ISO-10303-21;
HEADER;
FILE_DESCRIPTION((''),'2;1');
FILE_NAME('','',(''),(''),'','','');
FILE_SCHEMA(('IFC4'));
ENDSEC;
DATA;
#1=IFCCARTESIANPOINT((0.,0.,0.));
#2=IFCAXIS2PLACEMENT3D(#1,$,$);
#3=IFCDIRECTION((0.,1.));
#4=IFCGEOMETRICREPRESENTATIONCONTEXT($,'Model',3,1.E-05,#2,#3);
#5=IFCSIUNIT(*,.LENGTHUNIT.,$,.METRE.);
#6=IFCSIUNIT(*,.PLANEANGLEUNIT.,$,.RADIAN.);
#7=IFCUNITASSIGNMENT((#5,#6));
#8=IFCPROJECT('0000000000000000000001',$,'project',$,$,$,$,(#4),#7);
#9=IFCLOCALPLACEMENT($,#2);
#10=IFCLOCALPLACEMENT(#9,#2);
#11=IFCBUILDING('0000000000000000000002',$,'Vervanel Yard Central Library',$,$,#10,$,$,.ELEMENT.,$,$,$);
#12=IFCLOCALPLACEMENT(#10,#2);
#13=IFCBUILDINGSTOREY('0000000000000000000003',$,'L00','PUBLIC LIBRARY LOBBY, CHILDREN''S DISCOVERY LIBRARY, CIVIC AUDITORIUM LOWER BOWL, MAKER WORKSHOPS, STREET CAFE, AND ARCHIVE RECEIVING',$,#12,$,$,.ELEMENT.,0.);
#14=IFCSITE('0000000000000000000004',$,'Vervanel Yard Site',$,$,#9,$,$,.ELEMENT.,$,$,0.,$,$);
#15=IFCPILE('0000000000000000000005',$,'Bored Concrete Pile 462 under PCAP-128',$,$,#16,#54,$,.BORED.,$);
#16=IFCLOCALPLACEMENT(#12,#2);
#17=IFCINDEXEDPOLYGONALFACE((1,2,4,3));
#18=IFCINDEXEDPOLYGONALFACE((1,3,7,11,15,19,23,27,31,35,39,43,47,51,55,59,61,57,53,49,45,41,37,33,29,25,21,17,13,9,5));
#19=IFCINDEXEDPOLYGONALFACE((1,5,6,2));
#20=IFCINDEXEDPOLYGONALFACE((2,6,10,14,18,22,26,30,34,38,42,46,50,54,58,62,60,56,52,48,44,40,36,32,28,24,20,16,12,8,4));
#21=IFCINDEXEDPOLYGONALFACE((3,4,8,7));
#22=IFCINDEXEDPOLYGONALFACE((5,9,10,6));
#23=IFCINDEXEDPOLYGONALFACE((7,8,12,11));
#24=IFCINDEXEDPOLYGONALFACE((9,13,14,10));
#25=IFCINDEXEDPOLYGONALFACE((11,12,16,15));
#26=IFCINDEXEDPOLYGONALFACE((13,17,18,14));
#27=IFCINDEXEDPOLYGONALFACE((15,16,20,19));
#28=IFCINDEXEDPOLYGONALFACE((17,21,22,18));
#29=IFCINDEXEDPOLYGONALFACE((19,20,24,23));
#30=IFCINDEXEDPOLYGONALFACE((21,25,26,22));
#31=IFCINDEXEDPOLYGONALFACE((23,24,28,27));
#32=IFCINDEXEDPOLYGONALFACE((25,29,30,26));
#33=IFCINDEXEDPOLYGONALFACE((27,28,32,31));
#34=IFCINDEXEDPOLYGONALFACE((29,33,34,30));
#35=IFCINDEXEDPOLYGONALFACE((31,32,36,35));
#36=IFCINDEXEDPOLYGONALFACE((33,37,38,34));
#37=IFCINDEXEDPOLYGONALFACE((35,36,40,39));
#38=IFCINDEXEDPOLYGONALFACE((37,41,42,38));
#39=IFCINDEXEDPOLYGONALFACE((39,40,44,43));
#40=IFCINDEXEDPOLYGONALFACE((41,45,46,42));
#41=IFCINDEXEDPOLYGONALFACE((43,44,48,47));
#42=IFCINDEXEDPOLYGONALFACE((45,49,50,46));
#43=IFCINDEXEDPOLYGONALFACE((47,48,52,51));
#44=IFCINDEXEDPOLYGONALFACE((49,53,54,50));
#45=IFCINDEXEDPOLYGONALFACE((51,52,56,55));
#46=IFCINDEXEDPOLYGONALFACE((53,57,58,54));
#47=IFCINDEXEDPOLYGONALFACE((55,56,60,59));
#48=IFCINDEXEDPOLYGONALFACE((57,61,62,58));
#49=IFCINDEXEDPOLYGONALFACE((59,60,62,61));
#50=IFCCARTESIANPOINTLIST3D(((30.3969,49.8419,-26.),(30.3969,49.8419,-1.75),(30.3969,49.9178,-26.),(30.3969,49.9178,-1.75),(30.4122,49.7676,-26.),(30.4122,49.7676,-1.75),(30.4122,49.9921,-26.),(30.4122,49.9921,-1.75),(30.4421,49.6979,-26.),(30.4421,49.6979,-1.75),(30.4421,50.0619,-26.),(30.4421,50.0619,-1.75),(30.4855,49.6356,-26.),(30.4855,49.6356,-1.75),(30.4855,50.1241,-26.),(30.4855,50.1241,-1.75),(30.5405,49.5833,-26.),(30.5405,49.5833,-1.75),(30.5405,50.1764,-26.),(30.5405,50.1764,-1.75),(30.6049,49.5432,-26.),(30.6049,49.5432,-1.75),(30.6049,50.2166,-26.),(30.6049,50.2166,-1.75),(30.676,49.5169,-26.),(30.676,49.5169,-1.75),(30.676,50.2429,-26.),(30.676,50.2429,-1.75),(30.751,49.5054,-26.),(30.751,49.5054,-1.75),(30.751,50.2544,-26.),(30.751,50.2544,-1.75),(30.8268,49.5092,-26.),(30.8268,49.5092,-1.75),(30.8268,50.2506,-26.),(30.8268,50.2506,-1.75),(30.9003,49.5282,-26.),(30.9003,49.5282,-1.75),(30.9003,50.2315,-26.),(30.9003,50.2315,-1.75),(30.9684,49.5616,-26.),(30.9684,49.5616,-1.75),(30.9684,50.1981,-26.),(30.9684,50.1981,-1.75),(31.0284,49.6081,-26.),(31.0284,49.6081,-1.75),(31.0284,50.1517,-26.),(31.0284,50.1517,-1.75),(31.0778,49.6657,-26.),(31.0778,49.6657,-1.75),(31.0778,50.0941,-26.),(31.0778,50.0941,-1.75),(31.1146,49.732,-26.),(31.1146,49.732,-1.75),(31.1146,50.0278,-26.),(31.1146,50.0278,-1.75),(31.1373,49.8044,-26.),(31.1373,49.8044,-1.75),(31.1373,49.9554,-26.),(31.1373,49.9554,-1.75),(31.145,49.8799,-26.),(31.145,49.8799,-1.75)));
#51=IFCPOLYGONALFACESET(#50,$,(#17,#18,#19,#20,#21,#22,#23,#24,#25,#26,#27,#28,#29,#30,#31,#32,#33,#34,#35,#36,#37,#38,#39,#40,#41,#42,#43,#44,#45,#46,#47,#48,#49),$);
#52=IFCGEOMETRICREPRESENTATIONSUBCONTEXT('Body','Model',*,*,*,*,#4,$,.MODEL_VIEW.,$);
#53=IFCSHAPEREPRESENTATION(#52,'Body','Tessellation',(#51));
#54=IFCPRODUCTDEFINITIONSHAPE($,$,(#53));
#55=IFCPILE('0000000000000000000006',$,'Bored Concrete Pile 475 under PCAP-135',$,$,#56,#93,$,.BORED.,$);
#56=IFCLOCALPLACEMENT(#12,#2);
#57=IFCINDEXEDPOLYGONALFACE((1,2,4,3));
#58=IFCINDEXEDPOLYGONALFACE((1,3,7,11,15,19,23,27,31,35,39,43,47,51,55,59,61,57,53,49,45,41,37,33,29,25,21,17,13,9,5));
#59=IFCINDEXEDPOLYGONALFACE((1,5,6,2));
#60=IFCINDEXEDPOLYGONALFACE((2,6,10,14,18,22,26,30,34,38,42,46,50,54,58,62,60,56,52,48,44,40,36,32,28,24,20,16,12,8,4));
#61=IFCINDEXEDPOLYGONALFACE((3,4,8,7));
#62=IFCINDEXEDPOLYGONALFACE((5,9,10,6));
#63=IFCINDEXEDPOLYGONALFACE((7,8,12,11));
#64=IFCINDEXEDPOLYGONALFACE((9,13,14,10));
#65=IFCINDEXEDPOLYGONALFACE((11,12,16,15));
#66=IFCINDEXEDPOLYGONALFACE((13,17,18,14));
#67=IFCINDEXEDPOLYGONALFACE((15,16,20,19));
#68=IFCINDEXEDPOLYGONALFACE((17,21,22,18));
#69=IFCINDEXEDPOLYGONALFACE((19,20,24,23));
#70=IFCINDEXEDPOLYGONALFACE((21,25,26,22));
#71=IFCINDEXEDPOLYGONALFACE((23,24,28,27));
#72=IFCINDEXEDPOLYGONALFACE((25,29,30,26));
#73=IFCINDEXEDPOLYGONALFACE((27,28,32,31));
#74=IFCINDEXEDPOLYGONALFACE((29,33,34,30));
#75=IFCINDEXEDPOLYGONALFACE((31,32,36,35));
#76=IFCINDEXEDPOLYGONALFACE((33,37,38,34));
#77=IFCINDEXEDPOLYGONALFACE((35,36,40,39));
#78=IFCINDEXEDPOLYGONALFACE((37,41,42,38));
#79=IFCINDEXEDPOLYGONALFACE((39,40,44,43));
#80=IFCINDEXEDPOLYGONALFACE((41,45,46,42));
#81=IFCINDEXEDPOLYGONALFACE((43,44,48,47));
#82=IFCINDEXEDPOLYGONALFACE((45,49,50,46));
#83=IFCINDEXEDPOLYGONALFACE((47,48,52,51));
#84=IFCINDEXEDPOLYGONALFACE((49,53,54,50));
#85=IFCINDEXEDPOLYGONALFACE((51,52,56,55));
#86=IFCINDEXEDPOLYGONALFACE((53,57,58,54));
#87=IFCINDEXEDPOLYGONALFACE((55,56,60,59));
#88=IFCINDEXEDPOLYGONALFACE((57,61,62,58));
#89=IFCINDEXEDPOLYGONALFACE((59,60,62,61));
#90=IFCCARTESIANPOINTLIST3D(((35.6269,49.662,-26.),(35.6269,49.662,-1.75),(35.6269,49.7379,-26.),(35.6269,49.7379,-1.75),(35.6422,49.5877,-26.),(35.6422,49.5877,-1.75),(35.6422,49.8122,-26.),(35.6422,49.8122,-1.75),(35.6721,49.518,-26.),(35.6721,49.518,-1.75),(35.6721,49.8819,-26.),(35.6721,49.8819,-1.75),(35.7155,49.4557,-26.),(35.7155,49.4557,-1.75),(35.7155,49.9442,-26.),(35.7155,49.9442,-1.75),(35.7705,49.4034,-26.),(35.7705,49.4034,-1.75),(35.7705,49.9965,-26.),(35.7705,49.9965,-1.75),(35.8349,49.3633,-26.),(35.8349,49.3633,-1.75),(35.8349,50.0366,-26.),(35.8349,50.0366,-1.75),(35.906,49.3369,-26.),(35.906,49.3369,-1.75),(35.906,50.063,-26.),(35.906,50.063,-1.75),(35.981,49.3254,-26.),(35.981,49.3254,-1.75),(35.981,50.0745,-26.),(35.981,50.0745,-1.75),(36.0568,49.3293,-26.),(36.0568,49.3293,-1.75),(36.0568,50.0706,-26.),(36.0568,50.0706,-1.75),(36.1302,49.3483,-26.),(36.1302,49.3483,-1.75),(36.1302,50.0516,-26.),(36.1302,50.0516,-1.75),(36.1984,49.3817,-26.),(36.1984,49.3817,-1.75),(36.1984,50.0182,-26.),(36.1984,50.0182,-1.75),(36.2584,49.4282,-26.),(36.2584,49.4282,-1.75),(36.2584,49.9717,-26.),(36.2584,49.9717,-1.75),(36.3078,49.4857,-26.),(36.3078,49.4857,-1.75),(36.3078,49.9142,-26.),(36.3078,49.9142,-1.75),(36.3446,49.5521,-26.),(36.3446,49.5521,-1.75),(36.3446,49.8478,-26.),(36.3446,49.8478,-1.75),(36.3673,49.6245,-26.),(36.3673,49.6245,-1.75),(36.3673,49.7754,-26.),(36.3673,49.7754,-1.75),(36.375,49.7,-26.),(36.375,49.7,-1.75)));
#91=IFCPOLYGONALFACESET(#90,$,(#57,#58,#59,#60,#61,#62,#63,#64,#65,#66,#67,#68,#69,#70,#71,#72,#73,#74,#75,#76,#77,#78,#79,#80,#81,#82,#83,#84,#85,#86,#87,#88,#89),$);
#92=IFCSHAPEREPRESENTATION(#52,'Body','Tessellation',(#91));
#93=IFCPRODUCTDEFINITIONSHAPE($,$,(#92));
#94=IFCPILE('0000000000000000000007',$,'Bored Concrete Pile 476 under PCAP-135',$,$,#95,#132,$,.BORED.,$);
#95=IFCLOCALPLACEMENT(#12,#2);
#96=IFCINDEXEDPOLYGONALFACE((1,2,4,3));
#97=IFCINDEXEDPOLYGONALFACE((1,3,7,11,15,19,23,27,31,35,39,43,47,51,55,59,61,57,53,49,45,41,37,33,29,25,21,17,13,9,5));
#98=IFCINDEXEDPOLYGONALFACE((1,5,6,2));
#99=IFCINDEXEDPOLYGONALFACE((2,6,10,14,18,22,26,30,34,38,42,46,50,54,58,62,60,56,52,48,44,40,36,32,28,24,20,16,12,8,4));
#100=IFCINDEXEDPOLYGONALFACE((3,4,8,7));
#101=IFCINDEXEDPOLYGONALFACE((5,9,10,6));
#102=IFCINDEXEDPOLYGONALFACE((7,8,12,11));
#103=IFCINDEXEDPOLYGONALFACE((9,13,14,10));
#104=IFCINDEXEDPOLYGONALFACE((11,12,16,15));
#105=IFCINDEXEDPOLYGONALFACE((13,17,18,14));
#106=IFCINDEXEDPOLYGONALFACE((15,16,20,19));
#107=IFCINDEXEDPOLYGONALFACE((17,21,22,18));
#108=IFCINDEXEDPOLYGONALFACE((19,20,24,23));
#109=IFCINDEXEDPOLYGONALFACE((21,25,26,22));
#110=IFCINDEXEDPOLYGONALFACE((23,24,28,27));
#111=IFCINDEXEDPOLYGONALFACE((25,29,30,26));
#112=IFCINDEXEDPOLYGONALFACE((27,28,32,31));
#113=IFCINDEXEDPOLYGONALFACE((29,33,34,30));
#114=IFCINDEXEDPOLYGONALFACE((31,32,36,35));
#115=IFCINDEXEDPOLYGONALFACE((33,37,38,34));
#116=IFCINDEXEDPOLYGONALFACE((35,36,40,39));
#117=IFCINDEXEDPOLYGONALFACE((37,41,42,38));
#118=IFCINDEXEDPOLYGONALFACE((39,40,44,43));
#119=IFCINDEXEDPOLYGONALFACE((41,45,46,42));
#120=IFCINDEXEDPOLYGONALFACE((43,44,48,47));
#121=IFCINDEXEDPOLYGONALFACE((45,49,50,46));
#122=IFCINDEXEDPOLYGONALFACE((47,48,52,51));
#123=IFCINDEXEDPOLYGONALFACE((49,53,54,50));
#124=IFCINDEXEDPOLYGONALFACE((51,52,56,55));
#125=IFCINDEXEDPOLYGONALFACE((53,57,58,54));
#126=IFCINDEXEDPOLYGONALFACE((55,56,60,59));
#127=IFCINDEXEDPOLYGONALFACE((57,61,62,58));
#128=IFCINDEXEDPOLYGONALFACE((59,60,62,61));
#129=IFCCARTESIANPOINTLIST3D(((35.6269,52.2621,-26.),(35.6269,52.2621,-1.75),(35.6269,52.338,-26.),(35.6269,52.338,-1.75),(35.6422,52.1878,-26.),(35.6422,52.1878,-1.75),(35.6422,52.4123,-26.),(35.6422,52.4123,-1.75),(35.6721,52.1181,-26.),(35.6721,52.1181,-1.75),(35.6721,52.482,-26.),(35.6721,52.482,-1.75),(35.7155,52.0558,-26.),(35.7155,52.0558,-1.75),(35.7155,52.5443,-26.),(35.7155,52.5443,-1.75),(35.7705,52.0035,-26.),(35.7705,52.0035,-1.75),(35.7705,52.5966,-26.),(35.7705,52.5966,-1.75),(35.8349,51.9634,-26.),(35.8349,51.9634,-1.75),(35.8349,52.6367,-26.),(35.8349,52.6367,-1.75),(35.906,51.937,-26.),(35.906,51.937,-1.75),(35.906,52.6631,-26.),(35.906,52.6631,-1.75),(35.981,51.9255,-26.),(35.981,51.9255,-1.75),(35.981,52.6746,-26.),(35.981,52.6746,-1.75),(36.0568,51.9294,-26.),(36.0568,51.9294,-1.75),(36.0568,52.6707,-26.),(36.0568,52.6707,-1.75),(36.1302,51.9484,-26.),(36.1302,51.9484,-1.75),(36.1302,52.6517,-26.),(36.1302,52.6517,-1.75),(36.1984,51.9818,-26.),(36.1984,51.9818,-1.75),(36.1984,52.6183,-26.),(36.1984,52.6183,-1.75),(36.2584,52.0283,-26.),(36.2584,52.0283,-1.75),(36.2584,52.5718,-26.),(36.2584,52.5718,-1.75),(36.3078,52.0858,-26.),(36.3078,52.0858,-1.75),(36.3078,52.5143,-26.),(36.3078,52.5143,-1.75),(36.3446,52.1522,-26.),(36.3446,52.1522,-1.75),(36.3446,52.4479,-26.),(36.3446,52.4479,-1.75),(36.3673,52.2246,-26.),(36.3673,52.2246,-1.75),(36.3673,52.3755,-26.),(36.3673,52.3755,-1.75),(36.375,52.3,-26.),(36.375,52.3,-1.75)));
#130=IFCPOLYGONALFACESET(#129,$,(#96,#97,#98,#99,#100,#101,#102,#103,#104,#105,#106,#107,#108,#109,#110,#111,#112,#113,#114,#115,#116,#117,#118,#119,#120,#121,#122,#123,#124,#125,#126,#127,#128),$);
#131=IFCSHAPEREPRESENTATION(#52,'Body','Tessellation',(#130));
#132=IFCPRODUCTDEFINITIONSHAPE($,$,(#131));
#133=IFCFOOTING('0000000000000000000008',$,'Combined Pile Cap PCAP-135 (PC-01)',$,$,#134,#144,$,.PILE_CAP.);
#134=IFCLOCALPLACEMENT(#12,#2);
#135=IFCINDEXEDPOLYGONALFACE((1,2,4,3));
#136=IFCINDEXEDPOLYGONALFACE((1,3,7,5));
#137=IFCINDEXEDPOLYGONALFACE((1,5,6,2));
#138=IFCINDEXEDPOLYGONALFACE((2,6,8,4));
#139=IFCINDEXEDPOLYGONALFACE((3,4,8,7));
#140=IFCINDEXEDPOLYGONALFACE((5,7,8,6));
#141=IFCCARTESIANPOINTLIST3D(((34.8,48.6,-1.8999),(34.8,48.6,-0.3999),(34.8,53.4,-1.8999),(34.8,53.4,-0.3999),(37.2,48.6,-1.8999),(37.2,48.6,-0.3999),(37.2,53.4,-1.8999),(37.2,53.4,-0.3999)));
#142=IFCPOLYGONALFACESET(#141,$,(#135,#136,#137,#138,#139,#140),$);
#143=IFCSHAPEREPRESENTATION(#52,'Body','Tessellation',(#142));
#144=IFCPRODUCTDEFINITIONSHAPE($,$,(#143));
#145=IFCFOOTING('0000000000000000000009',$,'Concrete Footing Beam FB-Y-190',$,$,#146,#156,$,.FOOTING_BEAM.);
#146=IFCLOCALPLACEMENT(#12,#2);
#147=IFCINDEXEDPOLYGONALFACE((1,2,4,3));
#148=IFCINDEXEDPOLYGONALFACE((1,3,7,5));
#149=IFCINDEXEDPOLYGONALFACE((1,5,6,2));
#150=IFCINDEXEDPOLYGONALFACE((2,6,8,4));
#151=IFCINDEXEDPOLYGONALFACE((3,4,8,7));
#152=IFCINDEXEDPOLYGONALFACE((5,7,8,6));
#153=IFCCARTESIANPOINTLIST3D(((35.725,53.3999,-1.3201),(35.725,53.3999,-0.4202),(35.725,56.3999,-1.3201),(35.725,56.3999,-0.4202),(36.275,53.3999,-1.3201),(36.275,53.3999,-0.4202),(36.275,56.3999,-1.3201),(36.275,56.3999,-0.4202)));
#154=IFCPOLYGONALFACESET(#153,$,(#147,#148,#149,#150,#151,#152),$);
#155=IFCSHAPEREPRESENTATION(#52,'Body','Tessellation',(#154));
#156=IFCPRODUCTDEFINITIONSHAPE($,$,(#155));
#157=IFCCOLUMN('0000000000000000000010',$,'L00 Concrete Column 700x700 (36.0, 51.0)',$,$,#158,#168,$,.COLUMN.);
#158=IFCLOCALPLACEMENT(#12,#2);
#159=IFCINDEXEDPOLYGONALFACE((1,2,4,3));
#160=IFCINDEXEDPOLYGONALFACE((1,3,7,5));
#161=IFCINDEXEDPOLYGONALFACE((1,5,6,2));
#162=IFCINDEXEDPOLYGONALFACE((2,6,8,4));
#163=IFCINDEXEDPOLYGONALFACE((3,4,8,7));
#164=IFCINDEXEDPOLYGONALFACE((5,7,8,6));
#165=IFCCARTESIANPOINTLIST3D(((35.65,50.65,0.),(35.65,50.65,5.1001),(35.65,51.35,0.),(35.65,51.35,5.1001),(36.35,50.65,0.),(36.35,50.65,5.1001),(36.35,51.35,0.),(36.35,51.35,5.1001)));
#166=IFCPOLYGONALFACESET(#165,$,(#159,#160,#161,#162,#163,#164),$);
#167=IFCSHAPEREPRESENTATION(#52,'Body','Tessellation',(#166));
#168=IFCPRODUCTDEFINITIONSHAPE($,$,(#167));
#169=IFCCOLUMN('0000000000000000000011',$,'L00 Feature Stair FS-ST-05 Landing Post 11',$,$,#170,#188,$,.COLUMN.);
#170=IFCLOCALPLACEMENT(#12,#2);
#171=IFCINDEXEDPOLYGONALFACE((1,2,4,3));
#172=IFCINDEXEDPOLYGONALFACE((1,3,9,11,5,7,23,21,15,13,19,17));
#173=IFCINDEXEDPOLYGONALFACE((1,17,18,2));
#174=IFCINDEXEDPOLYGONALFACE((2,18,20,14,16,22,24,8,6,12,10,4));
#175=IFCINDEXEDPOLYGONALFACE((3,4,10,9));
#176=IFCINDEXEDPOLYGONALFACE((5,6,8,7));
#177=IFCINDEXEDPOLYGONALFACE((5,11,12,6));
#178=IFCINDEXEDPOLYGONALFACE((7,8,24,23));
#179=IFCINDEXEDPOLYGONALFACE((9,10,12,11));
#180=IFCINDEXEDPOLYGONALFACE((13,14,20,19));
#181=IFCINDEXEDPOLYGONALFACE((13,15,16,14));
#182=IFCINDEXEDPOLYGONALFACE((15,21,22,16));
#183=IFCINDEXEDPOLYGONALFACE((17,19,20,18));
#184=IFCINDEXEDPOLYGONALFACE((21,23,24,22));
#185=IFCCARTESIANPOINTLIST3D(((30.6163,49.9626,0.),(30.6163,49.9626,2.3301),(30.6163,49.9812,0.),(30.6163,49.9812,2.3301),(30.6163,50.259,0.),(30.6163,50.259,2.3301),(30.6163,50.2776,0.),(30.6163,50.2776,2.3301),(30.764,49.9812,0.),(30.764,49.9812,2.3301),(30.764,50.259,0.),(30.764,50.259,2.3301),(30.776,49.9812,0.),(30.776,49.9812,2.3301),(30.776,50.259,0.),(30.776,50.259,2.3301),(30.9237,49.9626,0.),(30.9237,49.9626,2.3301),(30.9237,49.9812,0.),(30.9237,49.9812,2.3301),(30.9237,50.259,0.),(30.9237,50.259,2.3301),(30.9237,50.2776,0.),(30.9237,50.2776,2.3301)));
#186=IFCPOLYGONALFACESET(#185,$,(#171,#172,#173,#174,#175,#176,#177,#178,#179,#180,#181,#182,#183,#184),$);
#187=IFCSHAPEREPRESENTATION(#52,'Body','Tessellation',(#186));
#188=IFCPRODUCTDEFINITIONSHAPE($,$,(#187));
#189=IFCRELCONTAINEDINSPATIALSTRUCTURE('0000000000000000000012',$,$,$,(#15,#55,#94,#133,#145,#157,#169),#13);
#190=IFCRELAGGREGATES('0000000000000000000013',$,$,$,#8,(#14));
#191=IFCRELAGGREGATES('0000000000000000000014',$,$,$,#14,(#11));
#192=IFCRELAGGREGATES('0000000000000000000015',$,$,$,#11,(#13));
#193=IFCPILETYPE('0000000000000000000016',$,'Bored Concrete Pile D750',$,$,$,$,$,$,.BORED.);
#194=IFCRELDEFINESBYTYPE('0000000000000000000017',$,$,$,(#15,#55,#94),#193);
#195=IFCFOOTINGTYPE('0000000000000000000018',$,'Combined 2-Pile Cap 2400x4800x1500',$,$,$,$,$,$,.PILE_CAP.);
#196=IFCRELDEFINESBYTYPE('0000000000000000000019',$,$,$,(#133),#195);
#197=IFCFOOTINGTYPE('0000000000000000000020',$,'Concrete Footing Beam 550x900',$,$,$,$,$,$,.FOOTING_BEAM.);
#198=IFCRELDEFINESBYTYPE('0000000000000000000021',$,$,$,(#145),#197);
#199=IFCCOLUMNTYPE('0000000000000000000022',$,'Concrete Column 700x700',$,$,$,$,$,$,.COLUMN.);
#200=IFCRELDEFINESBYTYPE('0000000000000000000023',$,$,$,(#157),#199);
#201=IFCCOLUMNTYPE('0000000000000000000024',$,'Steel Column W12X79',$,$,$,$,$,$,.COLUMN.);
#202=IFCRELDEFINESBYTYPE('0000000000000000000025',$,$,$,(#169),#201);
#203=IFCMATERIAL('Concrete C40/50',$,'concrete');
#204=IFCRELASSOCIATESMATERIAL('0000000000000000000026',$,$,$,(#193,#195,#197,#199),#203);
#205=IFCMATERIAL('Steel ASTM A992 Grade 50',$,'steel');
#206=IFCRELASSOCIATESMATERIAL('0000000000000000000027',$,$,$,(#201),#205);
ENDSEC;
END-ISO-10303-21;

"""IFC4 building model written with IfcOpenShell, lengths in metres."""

from ifc_helpers import new_model, si_unit, direction, frame, origin, origin_2d, place, context, subcontext, project, spatial, rectangle, circle, i_section, extrude, material, material_profile, profile_set, type_object, element, save


model = new_model("IFC4")

# Units and contexts
model_context = context("Model", 3, precision=1e-05, world=origin(), true_north=direction((0.0, 1.0)))
body_context = subcontext(model_context, "Body", "Model", "MODEL_VIEW")
ifc_project = project(units=[si_unit("LENGTHUNIT", "METRE"), si_unit("PLANEANGLEUNIT", "RADIAN")], contexts=[model_context])

# Site, building, storey
site_placement = place(None, origin())
site = spatial("IfcSite", under=ifc_project, at=site_placement, Name="Vervanel Yard Site", CompositionType="ELEMENT", RefElevation=0.0)
building_placement = place(site_placement, origin())
building = spatial("IfcBuilding", under=site, at=building_placement, Name="Vervanel Yard Central Library", CompositionType="ELEMENT")
storey_placement = place(building_placement, origin())
storey = spatial("IfcBuildingStorey", under=building, at=storey_placement, Name="L00", Description="PUBLIC LIBRARY LOBBY, CHILDREN'S DISCOVERY LIBRARY, CIVIC AUDITORIUM LOWER BOWL, MAKER WORKSHOPS, STREET CAFE, AND ARCHIVE RECEIVING", CompositionType="ELEMENT", Elevation=0.0)

# Piles
ifc_material_1 = material(Name="Concrete C40/50", Category="concrete")
ifc_material_profile_1 = material_profile(ifc_material_1, circle(Radius=0.375, at=origin_2d()), Name="BP D750", Category="concrete")
ifc_profile_set_1 = profile_set([ifc_material_profile_1], Name="Concrete C40/50")
pile_type = type_object("IfcPileType", Name="Bored Concrete Pile D750", PredefinedType="BORED", material=ifc_profile_set_1)
for number, where, z_axis, x_axis, name in (
    (1, (30.77, 49.8799, -1.75), (0.0, 0.0, -1.0), (1.0, 0.0, 0.0), "Bored Concrete Pile 462 under PCAP-128"),
    (2, (36.0, 49.7, -1.75), (0.0, 0.0, -1.0), (1.0, 0.0, 0.0), "Bored Concrete Pile 475 under PCAP-135"),
    (3, (36.0, 52.3, -1.75), (0.0, 0.0, -1.0), (1.0, 0.0, 0.0), "Bored Concrete Pile 476 under PCAP-135"),
):
    element("IfcPile", number, at=place(storey_placement, frame(where, z_axis=z_axis, x_axis=x_axis)), inside=storey, type_object=pile_type, Name=name, PredefinedType="BORED", context=body_context, shape_type="SweptSolid", body=[
        extrude(circle(Radius=0.375, at=origin_2d()), origin(), (0.0, 0.0, 1.0), 24.25),
    ])

# Footings
footing_type_1 = type_object("IfcFootingType", Name="Combined 2-Pile Cap 2400x4800x1500", PredefinedType="PILE_CAP", material=ifc_material_1)
footing_1_placement = place(storey_placement, frame((36.0, 51.0, -1.8999), z_axis=(0.0, 0.0, 1.0), x_axis=(1.0, 0.0, 0.0)))
element("IfcFooting", 4, at=footing_1_placement, inside=storey, type_object=footing_type_1, Name="Combined Pile Cap PCAP-135 (PC-01)", PredefinedType="PILE_CAP", context=body_context, shape_type="SweptSolid", body=[
    extrude(rectangle(XDim=2.3999, YDim=4.8, at=origin_2d()), origin(), (0.0, 0.0, 1.0), 1.5),
])
ifc_material_profile_2 = material_profile(ifc_material_1, rectangle(XDim=0.55, YDim=0.8999, at=origin_2d()), Name="RC 550x900", Category="concrete")
ifc_profile_set_2 = profile_set([ifc_material_profile_2], Name="Concrete C40/50")
footing_type_2 = type_object("IfcFootingType", Name="Concrete Footing Beam 550x900", PredefinedType="FOOTING_BEAM", material=ifc_profile_set_2)
footing_2_placement = place(storey_placement, frame((36.0, 53.3999, -0.8701), z_axis=(0.0, 1.0, 0.0), x_axis=(-1.0, 0.0, 0.0)))
element("IfcFooting", 5, at=footing_2_placement, inside=storey, type_object=footing_type_2, Name="Concrete Footing Beam FB-Y-190", PredefinedType="FOOTING_BEAM", context=body_context, shape_type="SweptSolid", body=[
    extrude(rectangle(XDim=0.55, YDim=0.8999, at=origin_2d()), origin(), (0.0, 0.0, 1.0), 3.0),
])

# Columns
ifc_material_profile_3 = material_profile(ifc_material_1, rectangle(XDim=0.7, YDim=0.7, at=origin_2d()), Name="RC 700x700", Category="concrete")
ifc_profile_set_3 = profile_set([ifc_material_profile_3], Name="Concrete C40/50")
column_type_1 = type_object("IfcColumnType", Name="Concrete Column 700x700", PredefinedType="COLUMN", material=ifc_profile_set_3)
column_placement = place(storey_placement, frame((36.0, 51.0, 0.0), z_axis=(0.0, 0.0, 1.0), x_axis=(1.0, 0.0, 0.0)))
element("IfcColumn", 6, at=column_placement, inside=storey, type_object=column_type_1, Name="L00 Concrete Column 700x700 (36.0, 51.0)", PredefinedType="COLUMN", context=body_context, shape_type="SweptSolid", body=[
    extrude(rectangle(XDim=0.7, YDim=0.7, at=origin_2d()), origin(), (0.0, 0.0, 1.0), 5.1001),
])
ifc_material_2 = material(Name="Steel ASTM A992 Grade 50", Category="steel")
ifc_material_profile_4 = material_profile(ifc_material_2, i_section(OverallWidth=0.3074, OverallDepth=0.3149, WebThickness=0.012, FlangeThickness=0.0186, at=origin_2d()), Name="W12X79", Category="steel")
ifc_profile_set_4 = profile_set([ifc_material_profile_4], Name="Steel ASTM A992 Grade 50")
column_type_2 = type_object("IfcColumnType", Name="Steel Column W12X79", PredefinedType="COLUMN", material=ifc_profile_set_4)
for number, where, z_axis, x_axis, name in (
    (7, (30.77, 50.1201, 0.0), (0.0, 0.0, 1.0), (1.0, 0.0, 0.0), "L00 Feature Stair FS-ST-05 Landing Post 11"),
):
    element("IfcColumn", number, at=place(storey_placement, frame(where, z_axis=z_axis, x_axis=x_axis)), inside=storey, type_object=column_type_2, Name=name, PredefinedType="COLUMN", context=body_context, shape_type="SweptSolid", body=[
        extrude(i_section(OverallWidth=0.3074, OverallDepth=0.3149, WebThickness=0.012, FlangeThickness=0.0186, at=origin_2d()), origin(), (0.0, 0.0, 1.0), 2.3301),
    ])

save(model, "model.ifc")
